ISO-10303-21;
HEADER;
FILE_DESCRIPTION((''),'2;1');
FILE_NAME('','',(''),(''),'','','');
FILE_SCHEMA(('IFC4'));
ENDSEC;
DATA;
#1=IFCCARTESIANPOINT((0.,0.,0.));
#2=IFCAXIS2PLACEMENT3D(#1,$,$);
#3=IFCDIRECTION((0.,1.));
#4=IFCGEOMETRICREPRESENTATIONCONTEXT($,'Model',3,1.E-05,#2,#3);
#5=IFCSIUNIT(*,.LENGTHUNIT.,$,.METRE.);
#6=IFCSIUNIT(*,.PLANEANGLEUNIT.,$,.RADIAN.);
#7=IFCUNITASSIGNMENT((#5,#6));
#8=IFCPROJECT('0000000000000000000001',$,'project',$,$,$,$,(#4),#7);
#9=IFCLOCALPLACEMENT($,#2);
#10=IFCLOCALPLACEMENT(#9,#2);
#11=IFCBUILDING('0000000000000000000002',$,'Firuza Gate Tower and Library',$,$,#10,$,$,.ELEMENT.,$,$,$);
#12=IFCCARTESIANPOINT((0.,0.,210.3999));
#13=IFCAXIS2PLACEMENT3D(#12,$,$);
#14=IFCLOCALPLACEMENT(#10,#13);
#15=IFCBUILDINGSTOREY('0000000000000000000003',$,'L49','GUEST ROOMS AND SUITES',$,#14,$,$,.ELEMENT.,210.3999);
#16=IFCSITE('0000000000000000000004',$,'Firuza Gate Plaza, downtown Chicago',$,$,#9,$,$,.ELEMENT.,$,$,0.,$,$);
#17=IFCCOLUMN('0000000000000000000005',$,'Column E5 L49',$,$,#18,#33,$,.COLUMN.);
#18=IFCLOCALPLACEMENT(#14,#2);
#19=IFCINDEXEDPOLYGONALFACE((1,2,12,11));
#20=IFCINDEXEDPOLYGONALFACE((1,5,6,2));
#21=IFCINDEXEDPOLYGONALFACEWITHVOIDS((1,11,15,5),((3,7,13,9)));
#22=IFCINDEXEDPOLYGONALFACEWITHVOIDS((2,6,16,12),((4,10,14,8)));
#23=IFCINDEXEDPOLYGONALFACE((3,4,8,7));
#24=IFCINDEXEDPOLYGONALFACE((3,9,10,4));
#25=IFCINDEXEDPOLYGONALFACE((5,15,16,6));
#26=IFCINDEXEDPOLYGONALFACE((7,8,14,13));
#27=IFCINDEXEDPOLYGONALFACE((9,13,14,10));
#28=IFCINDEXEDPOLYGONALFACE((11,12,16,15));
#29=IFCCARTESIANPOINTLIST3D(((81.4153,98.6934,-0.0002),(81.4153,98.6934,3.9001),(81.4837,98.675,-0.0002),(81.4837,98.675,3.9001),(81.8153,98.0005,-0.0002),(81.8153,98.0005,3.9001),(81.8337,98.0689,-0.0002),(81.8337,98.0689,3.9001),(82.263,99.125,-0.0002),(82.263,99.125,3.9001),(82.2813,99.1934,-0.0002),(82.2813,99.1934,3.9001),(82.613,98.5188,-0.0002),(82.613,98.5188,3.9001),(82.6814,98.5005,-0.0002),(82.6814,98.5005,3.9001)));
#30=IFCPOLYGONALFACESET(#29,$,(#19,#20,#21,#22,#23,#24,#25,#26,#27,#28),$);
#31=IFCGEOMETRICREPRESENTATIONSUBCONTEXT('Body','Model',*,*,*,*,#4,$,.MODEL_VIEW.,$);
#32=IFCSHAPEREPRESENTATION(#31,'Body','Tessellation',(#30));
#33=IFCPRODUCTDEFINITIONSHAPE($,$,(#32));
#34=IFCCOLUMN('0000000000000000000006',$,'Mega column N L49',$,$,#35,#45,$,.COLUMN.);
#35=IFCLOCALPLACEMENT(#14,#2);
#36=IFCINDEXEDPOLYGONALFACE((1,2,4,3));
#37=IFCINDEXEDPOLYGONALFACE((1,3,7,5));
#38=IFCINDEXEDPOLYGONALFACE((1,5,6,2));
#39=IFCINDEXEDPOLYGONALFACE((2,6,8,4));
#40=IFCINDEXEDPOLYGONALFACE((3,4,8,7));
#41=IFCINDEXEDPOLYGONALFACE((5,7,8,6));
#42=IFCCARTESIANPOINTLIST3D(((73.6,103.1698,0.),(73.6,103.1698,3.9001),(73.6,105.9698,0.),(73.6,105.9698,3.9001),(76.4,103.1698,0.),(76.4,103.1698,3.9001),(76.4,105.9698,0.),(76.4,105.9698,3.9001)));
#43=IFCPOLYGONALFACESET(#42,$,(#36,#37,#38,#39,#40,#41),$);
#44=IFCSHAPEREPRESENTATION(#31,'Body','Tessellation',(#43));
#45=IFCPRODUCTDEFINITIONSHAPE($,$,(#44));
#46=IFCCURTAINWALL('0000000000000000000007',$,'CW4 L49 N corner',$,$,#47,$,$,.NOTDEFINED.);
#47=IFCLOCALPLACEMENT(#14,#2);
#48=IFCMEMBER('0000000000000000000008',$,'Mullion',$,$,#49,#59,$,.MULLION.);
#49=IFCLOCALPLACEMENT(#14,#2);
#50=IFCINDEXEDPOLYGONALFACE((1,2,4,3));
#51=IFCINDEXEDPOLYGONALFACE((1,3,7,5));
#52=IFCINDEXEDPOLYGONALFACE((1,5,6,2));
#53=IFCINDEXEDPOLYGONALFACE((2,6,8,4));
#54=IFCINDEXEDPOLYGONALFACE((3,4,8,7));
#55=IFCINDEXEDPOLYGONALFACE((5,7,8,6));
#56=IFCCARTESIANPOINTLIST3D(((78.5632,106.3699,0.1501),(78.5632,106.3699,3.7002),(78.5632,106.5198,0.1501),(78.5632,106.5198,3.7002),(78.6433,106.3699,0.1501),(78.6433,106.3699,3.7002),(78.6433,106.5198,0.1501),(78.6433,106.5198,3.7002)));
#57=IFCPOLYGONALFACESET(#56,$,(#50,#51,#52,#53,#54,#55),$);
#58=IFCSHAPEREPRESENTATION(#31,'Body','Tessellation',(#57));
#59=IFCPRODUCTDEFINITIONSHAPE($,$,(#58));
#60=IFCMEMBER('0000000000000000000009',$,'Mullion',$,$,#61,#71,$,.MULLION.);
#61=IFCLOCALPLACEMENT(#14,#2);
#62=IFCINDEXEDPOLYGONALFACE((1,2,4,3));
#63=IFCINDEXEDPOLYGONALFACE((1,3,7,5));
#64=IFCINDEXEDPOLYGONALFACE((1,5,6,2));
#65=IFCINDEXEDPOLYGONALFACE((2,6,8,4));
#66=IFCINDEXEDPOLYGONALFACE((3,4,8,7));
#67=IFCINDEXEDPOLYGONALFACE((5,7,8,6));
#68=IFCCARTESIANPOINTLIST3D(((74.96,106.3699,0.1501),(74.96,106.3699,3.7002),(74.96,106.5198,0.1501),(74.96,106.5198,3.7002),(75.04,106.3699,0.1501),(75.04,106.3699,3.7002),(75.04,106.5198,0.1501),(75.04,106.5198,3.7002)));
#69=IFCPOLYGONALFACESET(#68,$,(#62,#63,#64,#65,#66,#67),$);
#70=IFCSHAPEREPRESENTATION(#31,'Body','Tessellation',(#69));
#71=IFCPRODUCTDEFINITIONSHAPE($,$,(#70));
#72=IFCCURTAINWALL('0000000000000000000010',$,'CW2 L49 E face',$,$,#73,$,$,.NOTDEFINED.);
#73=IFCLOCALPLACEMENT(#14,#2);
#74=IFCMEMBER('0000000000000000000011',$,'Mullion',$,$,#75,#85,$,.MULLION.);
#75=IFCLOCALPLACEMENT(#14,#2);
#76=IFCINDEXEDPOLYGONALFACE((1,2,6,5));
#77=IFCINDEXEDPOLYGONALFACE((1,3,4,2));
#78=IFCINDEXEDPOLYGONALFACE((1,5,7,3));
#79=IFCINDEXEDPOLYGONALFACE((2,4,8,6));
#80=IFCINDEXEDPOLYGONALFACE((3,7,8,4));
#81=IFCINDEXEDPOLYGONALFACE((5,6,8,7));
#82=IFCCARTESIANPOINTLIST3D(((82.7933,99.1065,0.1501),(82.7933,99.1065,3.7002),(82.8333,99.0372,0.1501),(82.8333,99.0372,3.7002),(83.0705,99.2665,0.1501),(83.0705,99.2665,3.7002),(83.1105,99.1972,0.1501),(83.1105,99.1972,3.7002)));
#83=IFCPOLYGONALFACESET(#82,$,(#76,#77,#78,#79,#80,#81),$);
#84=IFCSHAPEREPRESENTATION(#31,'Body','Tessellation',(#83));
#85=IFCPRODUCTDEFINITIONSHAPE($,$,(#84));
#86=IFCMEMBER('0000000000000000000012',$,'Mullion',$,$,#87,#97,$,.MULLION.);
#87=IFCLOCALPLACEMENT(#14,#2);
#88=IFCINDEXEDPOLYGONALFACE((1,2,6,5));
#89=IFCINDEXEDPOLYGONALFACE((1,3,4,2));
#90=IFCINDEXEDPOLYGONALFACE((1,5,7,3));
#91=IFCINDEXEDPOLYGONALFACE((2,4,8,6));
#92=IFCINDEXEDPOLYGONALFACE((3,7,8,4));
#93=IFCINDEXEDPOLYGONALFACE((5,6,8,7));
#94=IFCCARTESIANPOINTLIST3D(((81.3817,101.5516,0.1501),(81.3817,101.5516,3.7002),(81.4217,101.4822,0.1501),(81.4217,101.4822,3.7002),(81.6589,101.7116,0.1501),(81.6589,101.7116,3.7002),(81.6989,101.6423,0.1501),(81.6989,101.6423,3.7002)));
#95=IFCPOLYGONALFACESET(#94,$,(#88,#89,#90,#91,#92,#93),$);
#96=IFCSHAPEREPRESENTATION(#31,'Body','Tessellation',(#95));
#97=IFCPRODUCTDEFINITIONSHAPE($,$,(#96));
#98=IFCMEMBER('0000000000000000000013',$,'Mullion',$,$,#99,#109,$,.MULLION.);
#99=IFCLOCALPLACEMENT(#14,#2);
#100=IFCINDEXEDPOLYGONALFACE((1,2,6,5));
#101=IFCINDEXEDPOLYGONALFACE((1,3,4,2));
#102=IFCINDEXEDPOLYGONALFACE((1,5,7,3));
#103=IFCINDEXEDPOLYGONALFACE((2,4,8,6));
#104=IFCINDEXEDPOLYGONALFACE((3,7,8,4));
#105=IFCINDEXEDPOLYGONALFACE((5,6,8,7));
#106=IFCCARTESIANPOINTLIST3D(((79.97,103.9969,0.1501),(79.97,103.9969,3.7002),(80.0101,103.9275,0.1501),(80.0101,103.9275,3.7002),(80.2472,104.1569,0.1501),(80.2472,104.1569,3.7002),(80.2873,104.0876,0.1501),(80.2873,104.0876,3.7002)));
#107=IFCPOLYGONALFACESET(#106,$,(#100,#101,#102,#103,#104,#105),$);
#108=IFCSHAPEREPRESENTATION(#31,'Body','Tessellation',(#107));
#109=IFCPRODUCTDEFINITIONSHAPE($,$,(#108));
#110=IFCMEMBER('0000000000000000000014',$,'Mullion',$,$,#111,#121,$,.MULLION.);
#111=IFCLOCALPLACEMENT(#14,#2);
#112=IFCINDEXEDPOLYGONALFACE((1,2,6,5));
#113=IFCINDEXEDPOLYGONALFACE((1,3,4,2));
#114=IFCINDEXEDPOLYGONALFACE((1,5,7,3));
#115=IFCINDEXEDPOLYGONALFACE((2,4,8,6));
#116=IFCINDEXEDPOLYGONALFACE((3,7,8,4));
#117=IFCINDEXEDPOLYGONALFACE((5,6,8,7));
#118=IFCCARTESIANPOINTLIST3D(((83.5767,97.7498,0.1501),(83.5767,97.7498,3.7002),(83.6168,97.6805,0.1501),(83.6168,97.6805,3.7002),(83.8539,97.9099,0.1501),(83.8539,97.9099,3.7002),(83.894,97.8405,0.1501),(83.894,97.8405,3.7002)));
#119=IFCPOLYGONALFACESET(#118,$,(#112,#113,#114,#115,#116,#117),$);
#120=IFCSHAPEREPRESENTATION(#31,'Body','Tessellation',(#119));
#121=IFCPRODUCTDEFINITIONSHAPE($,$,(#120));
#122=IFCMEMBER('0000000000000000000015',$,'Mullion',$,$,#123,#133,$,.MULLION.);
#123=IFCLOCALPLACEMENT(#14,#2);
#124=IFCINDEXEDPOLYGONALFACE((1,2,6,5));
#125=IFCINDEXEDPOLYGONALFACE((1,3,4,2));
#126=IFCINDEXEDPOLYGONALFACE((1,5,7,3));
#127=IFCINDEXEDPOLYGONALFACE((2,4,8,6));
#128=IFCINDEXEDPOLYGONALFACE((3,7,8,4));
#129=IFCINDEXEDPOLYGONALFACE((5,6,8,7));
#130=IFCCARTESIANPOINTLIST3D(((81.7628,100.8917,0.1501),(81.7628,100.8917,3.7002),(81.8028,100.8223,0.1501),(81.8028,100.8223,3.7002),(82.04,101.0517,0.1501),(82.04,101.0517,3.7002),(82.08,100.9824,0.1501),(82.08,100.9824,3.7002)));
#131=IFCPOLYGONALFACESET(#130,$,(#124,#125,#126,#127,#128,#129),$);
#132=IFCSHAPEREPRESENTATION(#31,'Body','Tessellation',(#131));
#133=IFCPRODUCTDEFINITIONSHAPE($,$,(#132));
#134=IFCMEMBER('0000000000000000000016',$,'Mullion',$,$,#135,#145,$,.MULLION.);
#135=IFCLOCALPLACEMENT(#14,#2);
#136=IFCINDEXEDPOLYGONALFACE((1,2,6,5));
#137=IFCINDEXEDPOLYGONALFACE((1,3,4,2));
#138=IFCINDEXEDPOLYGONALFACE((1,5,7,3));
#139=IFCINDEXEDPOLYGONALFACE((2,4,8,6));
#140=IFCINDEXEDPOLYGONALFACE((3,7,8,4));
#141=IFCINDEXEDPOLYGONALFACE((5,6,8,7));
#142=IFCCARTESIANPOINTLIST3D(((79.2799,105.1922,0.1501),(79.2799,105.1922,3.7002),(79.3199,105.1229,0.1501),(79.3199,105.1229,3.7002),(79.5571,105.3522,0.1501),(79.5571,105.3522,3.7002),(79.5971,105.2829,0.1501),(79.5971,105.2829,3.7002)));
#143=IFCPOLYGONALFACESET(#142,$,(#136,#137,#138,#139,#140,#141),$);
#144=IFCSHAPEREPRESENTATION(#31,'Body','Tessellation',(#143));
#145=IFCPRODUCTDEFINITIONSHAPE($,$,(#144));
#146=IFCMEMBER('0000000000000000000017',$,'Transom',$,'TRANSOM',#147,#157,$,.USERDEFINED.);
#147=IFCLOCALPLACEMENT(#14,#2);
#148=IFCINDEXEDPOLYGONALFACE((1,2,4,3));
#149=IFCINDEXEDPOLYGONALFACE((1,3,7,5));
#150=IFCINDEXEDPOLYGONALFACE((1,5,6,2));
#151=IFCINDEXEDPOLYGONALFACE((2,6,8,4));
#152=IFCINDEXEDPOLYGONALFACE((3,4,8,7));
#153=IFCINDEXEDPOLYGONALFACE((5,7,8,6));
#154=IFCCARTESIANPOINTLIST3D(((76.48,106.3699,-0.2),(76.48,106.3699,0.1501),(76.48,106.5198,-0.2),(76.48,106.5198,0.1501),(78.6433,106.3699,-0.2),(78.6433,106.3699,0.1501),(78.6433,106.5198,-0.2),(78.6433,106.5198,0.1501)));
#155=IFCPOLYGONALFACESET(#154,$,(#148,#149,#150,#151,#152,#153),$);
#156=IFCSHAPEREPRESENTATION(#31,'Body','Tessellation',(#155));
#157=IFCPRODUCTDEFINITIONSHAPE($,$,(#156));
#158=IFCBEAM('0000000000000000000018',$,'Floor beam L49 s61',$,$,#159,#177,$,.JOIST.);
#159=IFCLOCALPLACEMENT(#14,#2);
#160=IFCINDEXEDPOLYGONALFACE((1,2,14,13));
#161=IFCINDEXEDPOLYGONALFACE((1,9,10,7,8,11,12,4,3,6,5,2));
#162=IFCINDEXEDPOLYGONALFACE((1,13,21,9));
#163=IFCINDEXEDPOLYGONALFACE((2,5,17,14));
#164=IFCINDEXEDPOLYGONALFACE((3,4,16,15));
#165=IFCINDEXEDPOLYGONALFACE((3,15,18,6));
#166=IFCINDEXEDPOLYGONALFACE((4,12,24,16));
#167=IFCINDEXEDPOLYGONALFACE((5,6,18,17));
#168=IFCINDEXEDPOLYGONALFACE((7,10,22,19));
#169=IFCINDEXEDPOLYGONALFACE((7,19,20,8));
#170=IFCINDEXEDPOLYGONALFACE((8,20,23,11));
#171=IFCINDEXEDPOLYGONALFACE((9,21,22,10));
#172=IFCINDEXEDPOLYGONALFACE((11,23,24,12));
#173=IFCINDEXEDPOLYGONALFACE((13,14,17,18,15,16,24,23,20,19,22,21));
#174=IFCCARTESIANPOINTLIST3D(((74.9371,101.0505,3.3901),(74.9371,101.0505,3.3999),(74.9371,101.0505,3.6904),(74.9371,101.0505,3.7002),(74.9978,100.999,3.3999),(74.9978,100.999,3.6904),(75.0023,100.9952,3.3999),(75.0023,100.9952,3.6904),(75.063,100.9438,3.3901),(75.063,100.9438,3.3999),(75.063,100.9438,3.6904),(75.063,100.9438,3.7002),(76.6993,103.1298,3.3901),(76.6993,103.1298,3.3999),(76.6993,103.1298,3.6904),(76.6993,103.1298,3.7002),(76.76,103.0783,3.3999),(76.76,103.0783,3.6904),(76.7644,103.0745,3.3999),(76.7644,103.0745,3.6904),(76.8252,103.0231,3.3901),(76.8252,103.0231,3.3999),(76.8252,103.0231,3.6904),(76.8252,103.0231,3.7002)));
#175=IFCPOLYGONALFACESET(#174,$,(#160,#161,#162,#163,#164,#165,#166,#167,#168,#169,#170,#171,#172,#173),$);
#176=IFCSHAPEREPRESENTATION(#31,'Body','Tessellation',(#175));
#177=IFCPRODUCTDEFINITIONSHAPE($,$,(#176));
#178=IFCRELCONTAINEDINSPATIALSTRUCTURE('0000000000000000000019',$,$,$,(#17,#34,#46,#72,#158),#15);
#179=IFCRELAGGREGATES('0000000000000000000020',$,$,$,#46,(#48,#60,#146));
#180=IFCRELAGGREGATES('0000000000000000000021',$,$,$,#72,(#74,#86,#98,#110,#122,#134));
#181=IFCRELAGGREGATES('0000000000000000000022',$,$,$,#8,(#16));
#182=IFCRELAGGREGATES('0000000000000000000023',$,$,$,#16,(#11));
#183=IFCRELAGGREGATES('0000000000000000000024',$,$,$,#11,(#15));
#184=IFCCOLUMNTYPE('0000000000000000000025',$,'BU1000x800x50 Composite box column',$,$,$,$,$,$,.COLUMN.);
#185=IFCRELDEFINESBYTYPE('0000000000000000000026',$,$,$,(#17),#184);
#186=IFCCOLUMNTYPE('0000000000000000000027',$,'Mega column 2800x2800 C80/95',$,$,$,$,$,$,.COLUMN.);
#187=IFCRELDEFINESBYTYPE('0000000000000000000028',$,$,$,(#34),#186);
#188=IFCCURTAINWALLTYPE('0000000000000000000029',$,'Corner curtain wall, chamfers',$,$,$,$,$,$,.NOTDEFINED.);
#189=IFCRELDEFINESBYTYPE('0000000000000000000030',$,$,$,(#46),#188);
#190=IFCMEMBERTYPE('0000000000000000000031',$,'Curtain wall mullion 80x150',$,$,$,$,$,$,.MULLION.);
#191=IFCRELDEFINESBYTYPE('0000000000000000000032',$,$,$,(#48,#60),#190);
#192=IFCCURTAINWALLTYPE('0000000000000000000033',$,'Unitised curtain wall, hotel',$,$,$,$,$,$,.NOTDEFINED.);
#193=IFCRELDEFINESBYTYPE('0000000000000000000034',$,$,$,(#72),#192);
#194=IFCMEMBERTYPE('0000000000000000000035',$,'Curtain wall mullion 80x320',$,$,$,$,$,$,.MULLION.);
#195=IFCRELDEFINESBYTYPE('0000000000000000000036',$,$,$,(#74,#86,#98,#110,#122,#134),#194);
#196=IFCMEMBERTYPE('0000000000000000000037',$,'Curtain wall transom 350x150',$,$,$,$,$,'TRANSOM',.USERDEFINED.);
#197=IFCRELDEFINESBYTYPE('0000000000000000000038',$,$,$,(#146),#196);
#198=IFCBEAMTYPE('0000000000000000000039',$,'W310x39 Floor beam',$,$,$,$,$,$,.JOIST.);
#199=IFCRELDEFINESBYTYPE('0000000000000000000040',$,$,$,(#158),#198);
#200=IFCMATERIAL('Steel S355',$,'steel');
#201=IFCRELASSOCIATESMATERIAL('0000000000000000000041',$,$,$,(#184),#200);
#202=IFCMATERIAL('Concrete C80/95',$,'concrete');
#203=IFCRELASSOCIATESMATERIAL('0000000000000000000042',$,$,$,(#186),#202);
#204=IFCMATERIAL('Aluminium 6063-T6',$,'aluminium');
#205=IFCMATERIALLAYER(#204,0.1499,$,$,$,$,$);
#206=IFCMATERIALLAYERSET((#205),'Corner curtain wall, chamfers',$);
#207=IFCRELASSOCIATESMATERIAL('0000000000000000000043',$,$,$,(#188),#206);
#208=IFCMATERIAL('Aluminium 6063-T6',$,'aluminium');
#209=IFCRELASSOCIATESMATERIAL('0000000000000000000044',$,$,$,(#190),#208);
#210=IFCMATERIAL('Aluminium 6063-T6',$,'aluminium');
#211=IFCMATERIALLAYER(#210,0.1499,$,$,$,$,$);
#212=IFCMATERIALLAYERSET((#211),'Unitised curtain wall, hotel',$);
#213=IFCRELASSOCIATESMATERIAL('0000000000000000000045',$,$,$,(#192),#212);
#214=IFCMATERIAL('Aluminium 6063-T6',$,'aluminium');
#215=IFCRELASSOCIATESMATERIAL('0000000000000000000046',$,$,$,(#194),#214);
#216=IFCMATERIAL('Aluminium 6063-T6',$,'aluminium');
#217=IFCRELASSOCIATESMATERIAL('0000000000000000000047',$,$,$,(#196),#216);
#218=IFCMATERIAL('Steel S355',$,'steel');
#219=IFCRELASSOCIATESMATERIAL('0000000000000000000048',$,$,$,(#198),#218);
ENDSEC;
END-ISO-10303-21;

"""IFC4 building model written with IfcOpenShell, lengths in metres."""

from ifc_helpers import new_model, si_unit, direction, frame, origin, origin_2d, place, context, subcontext, project, spatial, rectangle, hollow_rectangle, i_section, extrude, material, layer, layer_set, material_profile, profile_set, type_object, element, aggregate, save


model = new_model("IFC4")

# Units and contexts
model_context = context("Model", 3, precision=1e-05, world=origin(), true_north=direction((0.0, 1.0)))
body_context = subcontext(model_context, "Body", "Model", "MODEL_VIEW")
ifc_project = project(units=[si_unit("LENGTHUNIT", "METRE"), si_unit("PLANEANGLEUNIT", "RADIAN")], contexts=[model_context])

# Site, building, storey
site_placement = place(None, origin())
site = spatial("IfcSite", under=ifc_project, at=site_placement, Name="Firuza Gate Plaza, downtown Chicago", CompositionType="ELEMENT", RefElevation=0.0)
building_placement = place(site_placement, origin())
building = spatial("IfcBuilding", under=site, at=building_placement, Name="Firuza Gate Tower and Library", CompositionType="ELEMENT")
storey_placement = place(building_placement, frame((0.0, 0.0, 210.3999)))
storey = spatial("IfcBuildingStorey", under=building, at=storey_placement, Name="L49", Description="GUEST ROOMS AND SUITES", CompositionType="ELEMENT", Elevation=210.3999)

# Columns
ifc_material_1 = material(Name="Steel S355", Category="steel")
ifc_material_profile_1 = material_profile(ifc_material_1, hollow_rectangle(XDim=0.8, YDim=1.0, WallThickness=0.05, at=origin_2d()))
ifc_profile_set_1 = profile_set([ifc_material_profile_1], Name="Steel S355")
column_type_1 = type_object("IfcColumnType", Name="BU1000x800x50 Composite box column", PredefinedType="COLUMN", material=ifc_profile_set_1)
column_1_placement = place(storey_placement, frame((82.0483, 98.5969, -0.0002), z_axis=(0.0, 0.0, 1.0), x_axis=(-0.5, 0.866025, 0.0)))
element("IfcColumn", 1, at=column_1_placement, inside=storey, type_object=column_type_1, Name="Column E5 L49", PredefinedType="COLUMN", context=body_context, shape_type="SweptSolid", body=[
    extrude(hollow_rectangle(XDim=0.8, YDim=1.0, WallThickness=0.05, at=origin_2d()), origin(), (0.0, 0.0, 1.0), 3.9004),
])
ifc_material_2 = material(Name="Concrete C80/95", Category="concrete")
ifc_material_profile_2 = material_profile(ifc_material_2, rectangle(XDim=2.8, YDim=2.8, at=origin_2d()))
ifc_profile_set_2 = profile_set([ifc_material_profile_2], Name="Concrete C80/95")
column_type_2 = type_object("IfcColumnType", Name="Mega column 2800x2800 C80/95", PredefinedType="COLUMN", material=ifc_profile_set_2)
column_2_placement = place(storey_placement, frame((75.0, 104.5698, 0.0), z_axis=(0.0, 0.0, 1.0), x_axis=(-1.0, 0.0, 0.0)))
element("IfcColumn", 2, at=column_2_placement, inside=storey, type_object=column_type_2, Name="Mega column N L49", PredefinedType="COLUMN", context=body_context, shape_type="SweptSolid", body=[
    extrude(rectangle(XDim=2.8, YDim=2.8, at=origin_2d()), origin(), (0.0, 0.0, 1.0), 3.9001),
])

# Curtain walls, members
ifc_material_3 = material(Name="Aluminium 6063-T6", Category="aluminium")
ifc_layer_1 = layer(ifc_material_3, 0.1499)
ifc_layer_set_1 = layer_set([ifc_layer_1], Name="Corner curtain wall, chamfers")
curtain_wall_type_1 = type_object("IfcCurtainWallType", Name="Corner curtain wall, chamfers", PredefinedType="NOTDEFINED", material=ifc_layer_set_1)
placement = place(storey_placement, origin())
curtain_wall_1 = element("IfcCurtainWall", 3, at=placement, inside=storey, type_object=curtain_wall_type_1, Name="CW4 L49 N corner", PredefinedType="NOTDEFINED")
ifc_material_4 = material(Name="Aluminium 6063-T6", Category="aluminium")
ifc_material_profile_3 = material_profile(ifc_material_4, rectangle(XDim=0.1499, YDim=0.0801, at=origin_2d()))
ifc_profile_set_3 = profile_set([ifc_material_profile_3], Name="Aluminium 6063-T6")
member_type_1 = type_object("IfcMemberType", Name="Curtain wall mullion 80x150", PredefinedType="MULLION", material=ifc_profile_set_3)
member_1_placement = place(storey_placement, frame((78.6033, 106.4448, 0.1501), z_axis=(0.0, 0.0, 1.0), x_axis=(0.0, -1.0, 0.0)))
member_1 = element("IfcMember", 4, at=member_1_placement, type_object=member_type_1, Name="Mullion", PredefinedType="MULLION", context=body_context, shape_type="SweptSolid", body=[
    extrude(rectangle(XDim=0.1499, YDim=0.0801, at=origin_2d()), origin(), (0.0, 0.0, 1.0), 3.55),
])
member_2_placement = place(storey_placement, frame((75.0, 106.4448, 0.1501), z_axis=(0.0, 0.0, 1.0), x_axis=(0.0, -1.0, 0.0)))
member_2 = element("IfcMember", 5, at=member_2_placement, type_object=member_type_1, Name="Mullion", PredefinedType="MULLION", context=body_context, shape_type="SweptSolid", body=[
    extrude(rectangle(XDim=0.1499, YDim=0.0801, at=origin_2d()), origin(), (0.0, 0.0, 1.0), 3.55),
])
ifc_material_5 = material(Name="Aluminium 6063-T6", Category="aluminium")
ifc_layer_2 = layer(ifc_material_5, 0.1499)
ifc_layer_set_2 = layer_set([ifc_layer_2], Name="Unitised curtain wall, hotel")
curtain_wall_type_2 = type_object("IfcCurtainWallType", Name="Unitised curtain wall, hotel", PredefinedType="NOTDEFINED", material=ifc_layer_set_2)
curtain_wall_2 = element("IfcCurtainWall", 6, at=placement, inside=storey, type_object=curtain_wall_type_2, Name="CW2 L49 E face", PredefinedType="NOTDEFINED")
ifc_material_6 = material(Name="Aluminium 6063-T6", Category="aluminium")
ifc_material_profile_4 = material_profile(ifc_material_6, rectangle(XDim=0.3201, YDim=0.0801, at=origin_2d()))
ifc_profile_set_4 = profile_set([ifc_material_profile_4], Name="Aluminium 6063-T6")
member_type_2 = type_object("IfcMemberType", Name="Curtain wall mullion 80x320", PredefinedType="MULLION", material=ifc_profile_set_4)
member_3_placement = place(storey_placement, frame((82.9519, 99.1519, 0.1501), z_axis=(0.0, 0.0, 1.0), x_axis=(-0.866025, -0.5, 0.0)))
member_3 = element("IfcMember", 7, at=member_3_placement, type_object=member_type_2, Name="Mullion", PredefinedType="MULLION", context=body_context, shape_type="SweptSolid", body=[
    extrude(rectangle(XDim=0.3201, YDim=0.0801, at=origin_2d()), origin(), (0.0, 0.0, 1.0), 3.55),
])
member_4_placement = place(storey_placement, frame((81.5403, 101.5969, 0.1501), z_axis=(0.0, 0.0, 1.0), x_axis=(-0.866025, -0.5, 0.0)))
member_4 = element("IfcMember", 8, at=member_4_placement, type_object=member_type_2, Name="Mullion", PredefinedType="MULLION", context=body_context, shape_type="SweptSolid", body=[
    extrude(rectangle(XDim=0.3201, YDim=0.0801, at=origin_2d()), origin(), (0.0, 0.0, 1.0), 3.55),
])
member_5_placement = place(storey_placement, frame((80.1287, 104.0422, 0.1501), z_axis=(0.0, 0.0, 1.0), x_axis=(-0.866025, -0.5, 0.0)))
member_5 = element("IfcMember", 9, at=member_5_placement, type_object=member_type_2, Name="Mullion", PredefinedType="MULLION", context=body_context, shape_type="SweptSolid", body=[
    extrude(rectangle(XDim=0.3201, YDim=0.0801, at=origin_2d()), origin(), (0.0, 0.0, 1.0), 3.55),
])
member_6_placement = place(storey_placement, frame((83.7354, 97.7952, 0.1501), z_axis=(0.0, 0.0, 1.0), x_axis=(-0.866025, -0.5, 0.0)))
member_6 = element("IfcMember", 10, at=member_6_placement, type_object=member_type_2, Name="Mullion", PredefinedType="MULLION", context=body_context, shape_type="SweptSolid", body=[
    extrude(rectangle(XDim=0.3201, YDim=0.0801, at=origin_2d()), origin(), (0.0, 0.0, 1.0), 3.55),
])
member_7_placement = place(storey_placement, frame((81.9214, 100.937, 0.1501), z_axis=(0.0, 0.0, 1.0), x_axis=(-0.866025, -0.5, 0.0)))
member_7 = element("IfcMember", 11, at=member_7_placement, type_object=member_type_2, Name="Mullion", PredefinedType="MULLION", context=body_context, shape_type="SweptSolid", body=[
    extrude(rectangle(XDim=0.3201, YDim=0.0801, at=origin_2d()), origin(), (0.0, 0.0, 1.0), 3.55),
])
member_8_placement = place(storey_placement, frame((79.4385, 105.2375, 0.1501), z_axis=(0.0, 0.0, 1.0), x_axis=(-0.866025, -0.5, 0.0)))
member_8 = element("IfcMember", 12, at=member_8_placement, type_object=member_type_2, Name="Mullion", PredefinedType="MULLION", context=body_context, shape_type="SweptSolid", body=[
    extrude(rectangle(XDim=0.3201, YDim=0.0801, at=origin_2d()), origin(), (0.0, 0.0, 1.0), 3.55),
])

# Member
ifc_material_7 = material(Name="Aluminium 6063-T6", Category="aluminium")
ifc_material_profile_5 = material_profile(ifc_material_7, rectangle(XDim=0.1499, YDim=0.3501, at=origin_2d()))
ifc_profile_set_5 = profile_set([ifc_material_profile_5], Name="Aluminium 6063-T6")
member_type_3 = type_object("IfcMemberType", Name="Curtain wall transom 350x150", ElementType="TRANSOM", PredefinedType="USERDEFINED", material=ifc_profile_set_5)
member_9_placement = place(storey_placement, frame((78.6433, 106.4448, -0.0249), z_axis=(-1.0, 0.0, 0.0), x_axis=(0.0, -1.0, 0.0)))
member_9 = element("IfcMember", 13, at=member_9_placement, type_object=member_type_3, Name="Transom", ObjectType="TRANSOM", PredefinedType="USERDEFINED", context=body_context, shape_type="SweptSolid", body=[
    extrude(rectangle(XDim=0.1499, YDim=0.3501, at=origin_2d()), origin(), (0.0, 0.0, 1.0), 2.1633),
])

# Beam
ifc_material_8 = material(Name="Steel S355", Category="steel")
ifc_material_profile_6 = material_profile(ifc_material_8, i_section(OverallWidth=0.165, OverallDepth=0.3101, WebThickness=0.0059, FlangeThickness=0.0098, at=origin_2d()))
ifc_profile_set_6 = profile_set([ifc_material_profile_6], Name="Steel S355")
beam_type_1 = type_object("IfcBeamType", Name="W310x39 Floor beam", PredefinedType="JOIST", material=ifc_profile_set_6)
beam_1_placement = place(storey_placement, frame((76.7622, 103.0764, 3.5452), z_axis=(-0.646532, -0.762887, 0.0), x_axis=(0.762887, -0.646532, 0.0)))
element("IfcBeam", 14, at=beam_1_placement, inside=storey, type_object=beam_type_1, Name="Floor beam L49 s61", PredefinedType="JOIST", context=body_context, shape_type="SweptSolid", body=[
    extrude(i_section(OverallWidth=0.165, OverallDepth=0.3101, WebThickness=0.0059, FlangeThickness=0.0098, at=origin_2d()), origin(), (0.0, 0.0, 1.0), 2.7256),
])

aggregate(curtain_wall_1, [member_1, member_2, member_9])
aggregate(curtain_wall_2, [member_3, member_4, member_5, member_6, member_7, member_8])

save(model, "model.ifc")
